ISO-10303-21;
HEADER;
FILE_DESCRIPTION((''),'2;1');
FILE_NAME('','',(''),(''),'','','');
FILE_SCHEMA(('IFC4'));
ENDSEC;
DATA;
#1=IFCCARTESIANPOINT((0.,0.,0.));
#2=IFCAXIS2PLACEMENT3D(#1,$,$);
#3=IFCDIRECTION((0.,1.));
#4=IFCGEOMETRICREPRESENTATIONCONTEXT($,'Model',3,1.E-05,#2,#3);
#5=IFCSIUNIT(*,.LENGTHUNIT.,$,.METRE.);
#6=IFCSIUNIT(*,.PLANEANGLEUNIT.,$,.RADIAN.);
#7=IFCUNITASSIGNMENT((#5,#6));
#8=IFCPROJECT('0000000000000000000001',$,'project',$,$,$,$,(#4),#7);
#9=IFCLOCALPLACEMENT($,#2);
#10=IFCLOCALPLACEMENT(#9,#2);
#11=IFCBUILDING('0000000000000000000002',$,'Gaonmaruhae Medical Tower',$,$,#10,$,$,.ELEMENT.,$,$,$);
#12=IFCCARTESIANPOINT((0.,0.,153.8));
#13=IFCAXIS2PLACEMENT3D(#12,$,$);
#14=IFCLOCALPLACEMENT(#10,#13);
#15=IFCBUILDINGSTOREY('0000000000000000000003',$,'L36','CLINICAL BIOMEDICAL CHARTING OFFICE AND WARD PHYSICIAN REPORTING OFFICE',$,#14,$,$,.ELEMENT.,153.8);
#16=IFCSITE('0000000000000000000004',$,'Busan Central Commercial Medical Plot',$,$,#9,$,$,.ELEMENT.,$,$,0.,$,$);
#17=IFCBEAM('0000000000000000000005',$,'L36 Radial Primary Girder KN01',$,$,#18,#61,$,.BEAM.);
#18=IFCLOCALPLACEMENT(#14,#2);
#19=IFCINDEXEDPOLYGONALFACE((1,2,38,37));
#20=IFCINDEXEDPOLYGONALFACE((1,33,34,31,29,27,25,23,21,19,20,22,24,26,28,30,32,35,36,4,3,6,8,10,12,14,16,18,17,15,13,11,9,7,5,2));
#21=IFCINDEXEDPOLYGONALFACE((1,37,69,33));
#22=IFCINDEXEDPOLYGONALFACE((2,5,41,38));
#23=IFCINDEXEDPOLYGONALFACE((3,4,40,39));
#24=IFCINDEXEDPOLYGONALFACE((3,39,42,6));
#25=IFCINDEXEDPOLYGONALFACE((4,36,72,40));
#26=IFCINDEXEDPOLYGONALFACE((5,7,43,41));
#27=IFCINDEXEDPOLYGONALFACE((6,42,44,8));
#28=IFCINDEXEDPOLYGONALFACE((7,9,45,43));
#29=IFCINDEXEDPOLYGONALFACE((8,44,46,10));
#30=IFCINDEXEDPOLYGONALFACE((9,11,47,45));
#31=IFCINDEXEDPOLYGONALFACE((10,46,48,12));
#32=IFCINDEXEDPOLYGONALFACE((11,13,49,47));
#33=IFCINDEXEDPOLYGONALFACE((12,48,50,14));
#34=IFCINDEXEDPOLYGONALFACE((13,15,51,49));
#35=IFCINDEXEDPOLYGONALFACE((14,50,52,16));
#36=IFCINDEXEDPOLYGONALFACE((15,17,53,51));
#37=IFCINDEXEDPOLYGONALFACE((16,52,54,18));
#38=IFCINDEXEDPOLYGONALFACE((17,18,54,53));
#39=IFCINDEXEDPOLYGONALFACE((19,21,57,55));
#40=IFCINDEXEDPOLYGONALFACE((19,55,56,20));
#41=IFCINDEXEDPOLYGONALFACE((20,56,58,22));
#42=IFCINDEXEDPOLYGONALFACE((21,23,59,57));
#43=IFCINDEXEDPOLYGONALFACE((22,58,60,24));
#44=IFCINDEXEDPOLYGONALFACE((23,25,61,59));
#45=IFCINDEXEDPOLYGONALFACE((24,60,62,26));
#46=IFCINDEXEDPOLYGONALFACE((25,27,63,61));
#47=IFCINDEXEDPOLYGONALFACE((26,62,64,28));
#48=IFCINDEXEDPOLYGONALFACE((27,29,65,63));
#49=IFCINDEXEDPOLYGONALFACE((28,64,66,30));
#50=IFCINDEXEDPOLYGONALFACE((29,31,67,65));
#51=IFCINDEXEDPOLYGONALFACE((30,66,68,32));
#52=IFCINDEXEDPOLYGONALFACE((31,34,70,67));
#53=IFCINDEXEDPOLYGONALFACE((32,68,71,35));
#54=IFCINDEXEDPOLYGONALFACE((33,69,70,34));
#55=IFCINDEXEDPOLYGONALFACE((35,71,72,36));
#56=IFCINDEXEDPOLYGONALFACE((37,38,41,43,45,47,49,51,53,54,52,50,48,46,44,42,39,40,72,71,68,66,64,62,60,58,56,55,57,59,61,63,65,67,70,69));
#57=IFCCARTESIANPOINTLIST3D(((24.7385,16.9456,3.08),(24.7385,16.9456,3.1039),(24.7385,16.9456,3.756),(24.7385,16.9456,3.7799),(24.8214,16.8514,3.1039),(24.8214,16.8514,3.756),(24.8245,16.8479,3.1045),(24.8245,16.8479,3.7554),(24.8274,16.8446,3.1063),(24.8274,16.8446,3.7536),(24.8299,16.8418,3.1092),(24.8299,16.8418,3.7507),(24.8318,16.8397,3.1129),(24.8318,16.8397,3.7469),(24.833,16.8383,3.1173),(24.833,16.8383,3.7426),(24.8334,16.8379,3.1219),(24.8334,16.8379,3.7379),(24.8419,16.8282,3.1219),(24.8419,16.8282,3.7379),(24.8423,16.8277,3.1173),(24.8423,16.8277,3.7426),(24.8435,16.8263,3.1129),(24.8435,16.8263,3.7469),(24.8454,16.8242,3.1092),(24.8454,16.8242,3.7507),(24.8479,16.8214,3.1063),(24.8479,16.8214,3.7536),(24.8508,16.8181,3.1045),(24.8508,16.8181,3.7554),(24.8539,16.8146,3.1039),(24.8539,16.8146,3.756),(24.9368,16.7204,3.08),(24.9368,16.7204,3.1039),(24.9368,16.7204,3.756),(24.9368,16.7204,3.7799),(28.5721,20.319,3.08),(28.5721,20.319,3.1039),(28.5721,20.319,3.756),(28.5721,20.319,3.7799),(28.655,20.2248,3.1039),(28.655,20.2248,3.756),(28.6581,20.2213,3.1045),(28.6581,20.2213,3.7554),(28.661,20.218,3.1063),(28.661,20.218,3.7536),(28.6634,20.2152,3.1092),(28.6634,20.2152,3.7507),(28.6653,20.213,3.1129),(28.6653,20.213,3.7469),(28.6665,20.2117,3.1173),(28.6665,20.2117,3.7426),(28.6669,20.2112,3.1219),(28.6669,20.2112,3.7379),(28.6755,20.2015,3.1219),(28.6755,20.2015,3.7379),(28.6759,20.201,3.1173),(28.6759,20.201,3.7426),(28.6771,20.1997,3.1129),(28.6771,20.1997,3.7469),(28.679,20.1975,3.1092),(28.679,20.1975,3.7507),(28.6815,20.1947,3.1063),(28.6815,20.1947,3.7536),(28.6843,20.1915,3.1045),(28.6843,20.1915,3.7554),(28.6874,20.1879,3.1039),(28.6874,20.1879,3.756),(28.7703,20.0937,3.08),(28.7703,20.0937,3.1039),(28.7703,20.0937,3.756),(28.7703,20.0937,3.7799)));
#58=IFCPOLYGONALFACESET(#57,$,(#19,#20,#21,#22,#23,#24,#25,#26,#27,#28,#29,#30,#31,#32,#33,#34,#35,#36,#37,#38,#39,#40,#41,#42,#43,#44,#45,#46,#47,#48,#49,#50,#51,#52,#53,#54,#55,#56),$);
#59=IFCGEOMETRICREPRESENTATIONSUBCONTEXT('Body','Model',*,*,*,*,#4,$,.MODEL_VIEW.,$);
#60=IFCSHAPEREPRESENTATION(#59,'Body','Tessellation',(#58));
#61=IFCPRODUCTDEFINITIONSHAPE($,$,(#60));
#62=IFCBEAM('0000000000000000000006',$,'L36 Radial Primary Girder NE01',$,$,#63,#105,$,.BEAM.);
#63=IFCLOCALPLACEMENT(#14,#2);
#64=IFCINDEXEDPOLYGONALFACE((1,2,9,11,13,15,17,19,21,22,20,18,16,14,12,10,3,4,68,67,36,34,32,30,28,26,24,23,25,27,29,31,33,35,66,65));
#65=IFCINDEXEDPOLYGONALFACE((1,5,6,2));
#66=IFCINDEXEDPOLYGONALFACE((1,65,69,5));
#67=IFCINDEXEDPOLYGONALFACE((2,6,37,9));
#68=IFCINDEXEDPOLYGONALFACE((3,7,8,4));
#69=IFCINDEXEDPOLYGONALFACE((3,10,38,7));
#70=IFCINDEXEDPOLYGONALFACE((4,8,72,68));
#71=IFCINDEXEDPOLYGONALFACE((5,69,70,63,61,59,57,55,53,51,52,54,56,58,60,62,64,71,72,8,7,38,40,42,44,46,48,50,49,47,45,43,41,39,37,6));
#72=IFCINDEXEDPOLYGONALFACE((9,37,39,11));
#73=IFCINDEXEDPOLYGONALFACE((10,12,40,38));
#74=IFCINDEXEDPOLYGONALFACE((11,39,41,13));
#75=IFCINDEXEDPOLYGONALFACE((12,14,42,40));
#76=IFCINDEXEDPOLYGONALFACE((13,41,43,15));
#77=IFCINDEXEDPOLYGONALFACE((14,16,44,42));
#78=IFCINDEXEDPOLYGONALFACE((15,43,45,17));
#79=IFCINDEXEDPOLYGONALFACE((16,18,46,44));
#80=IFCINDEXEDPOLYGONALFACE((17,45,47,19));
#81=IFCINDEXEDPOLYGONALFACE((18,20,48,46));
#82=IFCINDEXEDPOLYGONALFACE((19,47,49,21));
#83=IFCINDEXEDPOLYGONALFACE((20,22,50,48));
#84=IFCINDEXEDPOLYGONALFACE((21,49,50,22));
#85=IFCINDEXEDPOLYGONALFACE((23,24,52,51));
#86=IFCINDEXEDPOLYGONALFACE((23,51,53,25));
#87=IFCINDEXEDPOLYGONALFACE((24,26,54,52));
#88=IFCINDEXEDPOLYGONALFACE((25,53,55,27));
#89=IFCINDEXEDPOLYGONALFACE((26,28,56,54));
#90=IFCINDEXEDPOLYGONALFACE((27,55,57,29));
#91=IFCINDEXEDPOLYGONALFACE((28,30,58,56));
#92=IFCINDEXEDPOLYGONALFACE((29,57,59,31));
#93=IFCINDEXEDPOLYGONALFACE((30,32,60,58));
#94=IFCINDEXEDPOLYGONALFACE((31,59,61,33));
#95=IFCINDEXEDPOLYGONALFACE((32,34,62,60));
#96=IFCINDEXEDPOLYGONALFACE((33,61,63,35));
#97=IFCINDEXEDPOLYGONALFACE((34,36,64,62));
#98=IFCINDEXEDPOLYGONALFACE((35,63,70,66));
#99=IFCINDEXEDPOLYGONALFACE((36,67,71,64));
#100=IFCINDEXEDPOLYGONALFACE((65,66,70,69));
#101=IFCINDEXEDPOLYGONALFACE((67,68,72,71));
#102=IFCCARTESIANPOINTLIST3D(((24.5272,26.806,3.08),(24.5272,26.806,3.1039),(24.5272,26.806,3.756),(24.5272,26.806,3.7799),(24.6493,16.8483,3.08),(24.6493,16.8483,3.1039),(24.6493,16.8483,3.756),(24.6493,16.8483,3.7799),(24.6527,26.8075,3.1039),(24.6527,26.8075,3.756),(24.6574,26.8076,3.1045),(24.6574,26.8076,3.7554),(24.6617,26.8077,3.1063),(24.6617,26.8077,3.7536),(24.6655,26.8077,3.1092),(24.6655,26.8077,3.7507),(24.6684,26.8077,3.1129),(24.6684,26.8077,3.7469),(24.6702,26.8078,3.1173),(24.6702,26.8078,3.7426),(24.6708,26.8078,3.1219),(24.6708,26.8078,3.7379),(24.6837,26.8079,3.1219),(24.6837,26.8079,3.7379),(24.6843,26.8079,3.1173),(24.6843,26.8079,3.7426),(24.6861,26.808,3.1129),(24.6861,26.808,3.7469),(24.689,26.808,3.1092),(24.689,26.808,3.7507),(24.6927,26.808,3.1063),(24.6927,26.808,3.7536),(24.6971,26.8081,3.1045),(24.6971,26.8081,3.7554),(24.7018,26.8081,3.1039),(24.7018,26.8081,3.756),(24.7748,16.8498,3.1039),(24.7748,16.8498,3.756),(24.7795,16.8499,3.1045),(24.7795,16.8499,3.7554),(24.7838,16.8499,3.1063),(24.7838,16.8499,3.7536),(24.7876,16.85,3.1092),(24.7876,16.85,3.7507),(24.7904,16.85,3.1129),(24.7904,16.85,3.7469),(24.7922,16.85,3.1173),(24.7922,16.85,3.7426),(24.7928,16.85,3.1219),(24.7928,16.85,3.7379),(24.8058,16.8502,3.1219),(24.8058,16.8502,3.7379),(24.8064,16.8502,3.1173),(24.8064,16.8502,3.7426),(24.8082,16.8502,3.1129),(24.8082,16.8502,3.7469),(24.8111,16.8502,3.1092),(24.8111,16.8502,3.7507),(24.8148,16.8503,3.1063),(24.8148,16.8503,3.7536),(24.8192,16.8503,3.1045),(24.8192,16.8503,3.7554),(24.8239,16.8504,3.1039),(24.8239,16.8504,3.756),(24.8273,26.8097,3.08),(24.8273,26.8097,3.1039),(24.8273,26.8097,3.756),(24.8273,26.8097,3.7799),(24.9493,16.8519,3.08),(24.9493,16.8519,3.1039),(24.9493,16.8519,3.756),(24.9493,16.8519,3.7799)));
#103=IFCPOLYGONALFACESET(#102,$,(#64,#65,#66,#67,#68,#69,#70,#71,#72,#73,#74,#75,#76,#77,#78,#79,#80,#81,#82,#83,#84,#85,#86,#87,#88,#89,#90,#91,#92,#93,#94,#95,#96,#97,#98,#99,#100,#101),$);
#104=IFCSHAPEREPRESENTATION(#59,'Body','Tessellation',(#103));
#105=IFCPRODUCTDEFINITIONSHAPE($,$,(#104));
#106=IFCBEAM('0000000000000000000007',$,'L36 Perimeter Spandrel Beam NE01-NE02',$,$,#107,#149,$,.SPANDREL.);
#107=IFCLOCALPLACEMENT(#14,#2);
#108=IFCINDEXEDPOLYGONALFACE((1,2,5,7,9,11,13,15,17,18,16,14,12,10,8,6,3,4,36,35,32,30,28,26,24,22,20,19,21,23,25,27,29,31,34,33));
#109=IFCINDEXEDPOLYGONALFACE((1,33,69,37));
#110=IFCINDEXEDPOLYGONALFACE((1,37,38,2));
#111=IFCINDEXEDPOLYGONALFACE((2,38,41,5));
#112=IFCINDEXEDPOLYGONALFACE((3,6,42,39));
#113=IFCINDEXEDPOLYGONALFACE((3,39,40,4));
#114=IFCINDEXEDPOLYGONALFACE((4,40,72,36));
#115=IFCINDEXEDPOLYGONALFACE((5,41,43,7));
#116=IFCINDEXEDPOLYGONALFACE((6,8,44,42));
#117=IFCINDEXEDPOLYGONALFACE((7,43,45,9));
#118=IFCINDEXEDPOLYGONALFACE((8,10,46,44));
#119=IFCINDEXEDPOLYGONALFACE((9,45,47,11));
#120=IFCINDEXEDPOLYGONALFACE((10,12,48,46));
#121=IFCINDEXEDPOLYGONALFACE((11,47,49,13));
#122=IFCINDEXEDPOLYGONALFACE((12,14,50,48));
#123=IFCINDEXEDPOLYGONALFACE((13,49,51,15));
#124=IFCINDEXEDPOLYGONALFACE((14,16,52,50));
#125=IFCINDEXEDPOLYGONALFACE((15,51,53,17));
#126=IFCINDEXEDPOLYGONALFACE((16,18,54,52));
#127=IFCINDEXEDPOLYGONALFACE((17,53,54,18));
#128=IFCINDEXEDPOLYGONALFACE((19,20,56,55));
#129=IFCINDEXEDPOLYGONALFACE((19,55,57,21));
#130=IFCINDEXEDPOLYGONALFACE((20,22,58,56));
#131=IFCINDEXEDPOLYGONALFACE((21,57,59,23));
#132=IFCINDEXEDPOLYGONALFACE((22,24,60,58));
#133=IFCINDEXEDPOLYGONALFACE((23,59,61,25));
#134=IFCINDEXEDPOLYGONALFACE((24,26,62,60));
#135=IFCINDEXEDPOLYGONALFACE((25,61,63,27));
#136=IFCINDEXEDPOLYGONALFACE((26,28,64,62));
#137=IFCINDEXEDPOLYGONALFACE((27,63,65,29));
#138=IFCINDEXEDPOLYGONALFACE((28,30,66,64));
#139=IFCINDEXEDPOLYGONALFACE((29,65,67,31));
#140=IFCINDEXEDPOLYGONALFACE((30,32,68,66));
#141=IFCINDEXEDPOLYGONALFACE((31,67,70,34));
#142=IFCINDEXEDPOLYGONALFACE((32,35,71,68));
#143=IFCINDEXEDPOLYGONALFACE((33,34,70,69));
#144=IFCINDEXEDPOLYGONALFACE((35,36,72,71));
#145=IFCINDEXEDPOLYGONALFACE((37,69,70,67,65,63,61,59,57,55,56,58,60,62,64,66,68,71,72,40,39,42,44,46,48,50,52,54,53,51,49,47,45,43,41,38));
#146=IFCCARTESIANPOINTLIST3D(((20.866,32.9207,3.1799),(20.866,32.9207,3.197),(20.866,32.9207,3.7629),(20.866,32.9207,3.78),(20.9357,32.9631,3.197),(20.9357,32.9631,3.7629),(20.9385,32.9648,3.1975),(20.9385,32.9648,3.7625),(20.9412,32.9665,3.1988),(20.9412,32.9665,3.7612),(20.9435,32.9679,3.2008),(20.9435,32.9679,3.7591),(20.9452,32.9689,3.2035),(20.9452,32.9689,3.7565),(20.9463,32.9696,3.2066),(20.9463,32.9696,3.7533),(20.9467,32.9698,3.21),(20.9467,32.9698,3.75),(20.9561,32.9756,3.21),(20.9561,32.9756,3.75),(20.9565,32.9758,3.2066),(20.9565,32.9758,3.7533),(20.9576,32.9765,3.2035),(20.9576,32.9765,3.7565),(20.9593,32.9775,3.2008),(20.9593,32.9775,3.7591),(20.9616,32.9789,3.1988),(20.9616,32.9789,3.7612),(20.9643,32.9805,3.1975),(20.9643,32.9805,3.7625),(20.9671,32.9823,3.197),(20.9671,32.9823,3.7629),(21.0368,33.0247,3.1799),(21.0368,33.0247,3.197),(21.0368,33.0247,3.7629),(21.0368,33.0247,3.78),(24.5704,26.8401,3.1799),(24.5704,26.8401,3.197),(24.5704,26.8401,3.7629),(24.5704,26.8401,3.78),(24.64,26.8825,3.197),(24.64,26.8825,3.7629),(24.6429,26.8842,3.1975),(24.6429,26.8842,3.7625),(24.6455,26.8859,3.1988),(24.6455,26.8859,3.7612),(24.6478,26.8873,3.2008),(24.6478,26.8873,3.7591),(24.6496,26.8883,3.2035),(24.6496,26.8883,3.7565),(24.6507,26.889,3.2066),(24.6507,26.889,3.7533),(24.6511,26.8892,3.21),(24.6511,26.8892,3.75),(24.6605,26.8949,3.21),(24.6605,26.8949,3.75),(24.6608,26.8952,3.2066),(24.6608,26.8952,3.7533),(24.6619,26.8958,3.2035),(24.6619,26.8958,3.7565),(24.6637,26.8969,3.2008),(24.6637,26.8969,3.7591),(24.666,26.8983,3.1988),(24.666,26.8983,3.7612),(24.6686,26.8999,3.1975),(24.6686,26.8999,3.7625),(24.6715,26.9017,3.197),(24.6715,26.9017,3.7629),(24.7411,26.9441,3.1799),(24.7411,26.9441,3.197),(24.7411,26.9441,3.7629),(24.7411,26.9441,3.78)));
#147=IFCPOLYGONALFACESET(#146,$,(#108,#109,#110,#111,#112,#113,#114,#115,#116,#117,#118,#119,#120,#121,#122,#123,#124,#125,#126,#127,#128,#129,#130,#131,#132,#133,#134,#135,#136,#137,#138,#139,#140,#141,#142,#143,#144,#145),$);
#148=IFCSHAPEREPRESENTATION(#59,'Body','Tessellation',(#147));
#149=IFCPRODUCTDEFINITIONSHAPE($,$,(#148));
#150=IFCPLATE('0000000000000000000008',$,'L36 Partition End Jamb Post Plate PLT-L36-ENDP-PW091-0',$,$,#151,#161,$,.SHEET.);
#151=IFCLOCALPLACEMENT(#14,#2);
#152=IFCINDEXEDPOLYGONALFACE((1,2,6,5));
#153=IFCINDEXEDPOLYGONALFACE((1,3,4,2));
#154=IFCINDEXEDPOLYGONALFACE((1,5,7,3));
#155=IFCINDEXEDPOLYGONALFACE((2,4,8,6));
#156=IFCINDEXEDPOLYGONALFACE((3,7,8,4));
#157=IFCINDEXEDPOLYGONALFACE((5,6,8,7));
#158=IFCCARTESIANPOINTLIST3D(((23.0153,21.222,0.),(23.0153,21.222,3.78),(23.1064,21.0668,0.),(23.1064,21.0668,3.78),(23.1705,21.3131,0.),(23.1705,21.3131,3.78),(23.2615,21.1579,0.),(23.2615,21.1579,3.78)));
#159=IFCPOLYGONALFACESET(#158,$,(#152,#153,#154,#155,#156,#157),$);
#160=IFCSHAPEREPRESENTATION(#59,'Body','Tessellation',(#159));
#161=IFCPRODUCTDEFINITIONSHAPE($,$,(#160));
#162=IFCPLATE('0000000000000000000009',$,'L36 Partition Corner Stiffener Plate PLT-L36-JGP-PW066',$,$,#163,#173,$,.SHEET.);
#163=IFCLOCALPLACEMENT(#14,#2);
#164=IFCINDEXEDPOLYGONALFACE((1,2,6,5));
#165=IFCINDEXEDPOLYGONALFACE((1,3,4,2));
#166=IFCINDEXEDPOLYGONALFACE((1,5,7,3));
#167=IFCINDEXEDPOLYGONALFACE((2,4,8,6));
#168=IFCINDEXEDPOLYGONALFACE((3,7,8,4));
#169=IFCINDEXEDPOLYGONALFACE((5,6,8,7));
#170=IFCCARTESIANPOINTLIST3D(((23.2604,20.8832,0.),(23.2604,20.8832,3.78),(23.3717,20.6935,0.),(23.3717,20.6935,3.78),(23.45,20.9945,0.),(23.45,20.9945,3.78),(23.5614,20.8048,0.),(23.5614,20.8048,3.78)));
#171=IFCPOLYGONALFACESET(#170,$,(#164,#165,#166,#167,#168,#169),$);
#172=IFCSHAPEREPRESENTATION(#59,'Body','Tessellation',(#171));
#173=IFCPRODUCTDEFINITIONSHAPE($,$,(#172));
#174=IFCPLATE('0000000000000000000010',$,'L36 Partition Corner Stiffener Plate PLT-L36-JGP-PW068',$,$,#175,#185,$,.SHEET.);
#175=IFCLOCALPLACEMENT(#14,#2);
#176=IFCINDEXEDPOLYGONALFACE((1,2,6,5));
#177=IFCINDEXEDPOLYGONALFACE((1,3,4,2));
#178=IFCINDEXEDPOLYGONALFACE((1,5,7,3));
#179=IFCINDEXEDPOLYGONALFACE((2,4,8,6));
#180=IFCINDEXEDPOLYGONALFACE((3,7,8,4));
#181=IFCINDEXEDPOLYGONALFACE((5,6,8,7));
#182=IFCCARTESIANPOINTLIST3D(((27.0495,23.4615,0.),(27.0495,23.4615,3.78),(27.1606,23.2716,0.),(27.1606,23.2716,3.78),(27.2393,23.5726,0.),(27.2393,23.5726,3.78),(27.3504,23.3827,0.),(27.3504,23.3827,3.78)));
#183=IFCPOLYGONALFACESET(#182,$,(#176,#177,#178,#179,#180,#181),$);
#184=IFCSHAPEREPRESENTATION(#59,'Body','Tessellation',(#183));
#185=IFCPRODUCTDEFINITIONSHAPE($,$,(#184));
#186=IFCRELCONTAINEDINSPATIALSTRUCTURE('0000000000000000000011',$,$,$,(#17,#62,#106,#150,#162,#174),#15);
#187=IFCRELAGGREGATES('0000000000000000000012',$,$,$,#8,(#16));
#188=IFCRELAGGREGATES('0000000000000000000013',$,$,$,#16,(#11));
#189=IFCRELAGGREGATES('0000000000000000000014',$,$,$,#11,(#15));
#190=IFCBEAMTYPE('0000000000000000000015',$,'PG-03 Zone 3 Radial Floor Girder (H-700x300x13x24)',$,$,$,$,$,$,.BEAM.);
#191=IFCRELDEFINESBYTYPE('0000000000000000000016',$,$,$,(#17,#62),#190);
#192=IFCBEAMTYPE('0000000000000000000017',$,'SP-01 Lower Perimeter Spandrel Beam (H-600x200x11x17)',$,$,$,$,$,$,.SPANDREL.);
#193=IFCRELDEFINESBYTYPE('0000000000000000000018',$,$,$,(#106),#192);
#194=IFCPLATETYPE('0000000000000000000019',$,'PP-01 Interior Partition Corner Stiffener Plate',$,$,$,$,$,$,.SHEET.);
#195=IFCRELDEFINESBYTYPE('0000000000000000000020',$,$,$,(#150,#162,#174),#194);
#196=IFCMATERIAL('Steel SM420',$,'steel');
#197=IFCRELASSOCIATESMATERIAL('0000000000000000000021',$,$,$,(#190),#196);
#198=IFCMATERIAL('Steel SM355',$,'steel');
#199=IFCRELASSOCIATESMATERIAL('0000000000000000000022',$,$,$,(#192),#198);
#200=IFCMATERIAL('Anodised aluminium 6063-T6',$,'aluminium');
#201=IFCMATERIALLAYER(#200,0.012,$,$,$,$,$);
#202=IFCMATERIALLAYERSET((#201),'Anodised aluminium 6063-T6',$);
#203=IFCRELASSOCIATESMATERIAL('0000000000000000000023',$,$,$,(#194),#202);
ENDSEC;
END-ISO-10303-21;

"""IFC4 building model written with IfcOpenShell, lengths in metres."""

from ifc_helpers import new_model, si_unit, direction, frame, origin, origin_2d, place, context, subcontext, project, spatial, rectangle, i_section, extrude, material, layer, layer_set, material_profile, profile_set, type_object, element, save


model = new_model("IFC4")

# Units and contexts
model_context = context("Model", 3, precision=1e-05, world=origin(), true_north=direction((0.0, 1.0)))
body_context = subcontext(model_context, "Body", "Model", "MODEL_VIEW")
ifc_project = project(units=[si_unit("LENGTHUNIT", "METRE"), si_unit("PLANEANGLEUNIT", "RADIAN")], contexts=[model_context])

# Site, building, storey
site_placement = place(None, origin())
site = spatial("IfcSite", under=ifc_project, at=site_placement, Name="Busan Central Commercial Medical Plot", CompositionType="ELEMENT", RefElevation=0.0)
building_placement = place(site_placement, origin())
building = spatial("IfcBuilding", under=site, at=building_placement, Name="Gaonmaruhae Medical Tower", CompositionType="ELEMENT")
storey_placement = place(building_placement, frame((0.0, 0.0, 153.8)))
storey = spatial("IfcBuildingStorey", under=building, at=storey_placement, Name="L36", Description="CLINICAL BIOMEDICAL CHARTING OFFICE AND WARD PHYSICIAN REPORTING OFFICE", CompositionType="ELEMENT", Elevation=153.8)

# Beams
ifc_material_1 = material(Name="Steel SM355", Category="steel")
ifc_material_2 = material(Name="Steel SM420", Category="steel")
ifc_material_profile_1 = material_profile(ifc_material_2, i_section(OverallWidth=0.3, OverallDepth=0.7, WebThickness=0.0129, FlangeThickness=0.0239, FilletRadius=0.0181, at=origin_2d()), Name="H-700x300x13x24")
ifc_profile_set_1 = profile_set([ifc_material_profile_1], Name="Steel SM420")
beam_type_1 = type_object("IfcBeamType", Name="PG-03 Zone 3 Radial Floor Girder (H-700x300x13x24)", PredefinedType="BEAM", material=ifc_profile_set_1)
beam_1_placement = place(storey_placement, frame((24.8376, 16.833, 3.4299), z_axis=(0.750732, 0.660607, 0.0), x_axis=(-0.660607, 0.750732, 0.0)))
element("IfcBeam", 1, at=beam_1_placement, inside=storey, type_object=beam_type_1, Name="L36 Radial Primary Girder KN01", PredefinedType="BEAM", context=body_context, shape_type="SweptSolid", body=[
    extrude(i_section(OverallWidth=0.3, OverallDepth=0.7, WebThickness=0.0129, FlangeThickness=0.0239, FilletRadius=0.0181, at=origin_2d()), origin(), (0.0, 0.0, 1.0), 5.1064),
])
beam_2_placement = place(storey_placement, frame((24.7993, 16.8501, 3.4299), z_axis=(-0.012258, 0.999925, 0.0), x_axis=(-0.999925, -0.012258, 0.0)))
element("IfcBeam", 2, at=beam_2_placement, inside=storey, type_object=beam_type_1, Name="L36 Radial Primary Girder NE01", PredefinedType="BEAM", context=body_context, shape_type="SweptSolid", body=[
    extrude(i_section(OverallWidth=0.3, OverallDepth=0.7, WebThickness=0.0129, FlangeThickness=0.0239, FilletRadius=0.0181, at=origin_2d()), origin(), (0.0, 0.0, 1.0), 9.9585),
])
ifc_material_profile_2 = material_profile(ifc_material_1, i_section(OverallWidth=0.2, OverallDepth=0.6001, WebThickness=0.011, FlangeThickness=0.0171, FilletRadius=0.0129, at=origin_2d()), Name="H-600x200x11x17")
ifc_profile_set_2 = profile_set([ifc_material_profile_2], Name="Steel SM355")
beam_type_2 = type_object("IfcBeamType", Name="SP-01 Lower Perimeter Spandrel Beam (H-600x200x11x17)", PredefinedType="SPANDREL", material=ifc_profile_set_2)
beam_3_placement = place(storey_placement, frame((24.6558, 26.8921, 3.48), z_axis=(-0.520268, 0.854003, 0.0), x_axis=(-0.854003, -0.520268, 0.0)))
element("IfcBeam", 3, at=beam_3_placement, inside=storey, type_object=beam_type_2, Name="L36 Perimeter Spandrel Beam NE01-NE02", PredefinedType="SPANDREL", context=body_context, shape_type="SweptSolid", body=[
    extrude(i_section(OverallWidth=0.2, OverallDepth=0.6001, WebThickness=0.011, FlangeThickness=0.0171, FilletRadius=0.0129, at=origin_2d()), origin(), (0.0, 0.0, 1.0), 7.1201),
])

# Plates
ifc_material_3 = material(Name="Anodised aluminium 6063-T6", Category="aluminium")
ifc_layer_1 = layer(ifc_material_3, 0.012)
ifc_layer_set_1 = layer_set([ifc_layer_1], Name="Anodised aluminium 6063-T6")
plate_type = type_object("IfcPlateType", Name="PP-01 Interior Partition Corner Stiffener Plate", PredefinedType="SHEET", material=ifc_layer_set_1)
plate_placement = place(storey_placement, frame((23.1384, 21.1899, 0.0), z_axis=(0.0, 0.0, 1.0), x_axis=(-0.506019, 0.862523, 0.0)))
element("IfcPlate", 4, at=plate_placement, inside=storey, type_object=plate_type, Name="L36 Partition End Jamb Post Plate PLT-L36-ENDP-PW091-0", PredefinedType="SHEET", context=body_context, shape_type="SweptSolid", body=[
    extrude(rectangle(XDim=0.1799, YDim=0.1799, at=origin_2d()), origin(), (0.0, 0.0, 1.0), 3.78),
])
for number, where, z_axis, x_axis, name in (
    (5, (23.4109, 20.844, 0.0), (0.0, 0.0, 1.0), (-0.506305, 0.862355, 0.0), "L36 Partition Corner Stiffener Plate PLT-L36-JGP-PW066"),
    (6, (27.2, 23.4221, 0.0), (0.0, 0.0, 1.0), (0.863114, 0.50501, 0.0), "L36 Partition Corner Stiffener Plate PLT-L36-JGP-PW068"),
):
    element("IfcPlate", number, at=place(storey_placement, frame(where, z_axis=z_axis, x_axis=x_axis)), inside=storey, type_object=plate_type, Name=name, PredefinedType="SHEET", context=body_context, shape_type="SweptSolid", body=[
        extrude(rectangle(XDim=0.22, YDim=0.22, at=origin_2d()), origin(), (0.0, 0.0, 1.0), 3.78),
    ])

save(model, "model.ifc")
